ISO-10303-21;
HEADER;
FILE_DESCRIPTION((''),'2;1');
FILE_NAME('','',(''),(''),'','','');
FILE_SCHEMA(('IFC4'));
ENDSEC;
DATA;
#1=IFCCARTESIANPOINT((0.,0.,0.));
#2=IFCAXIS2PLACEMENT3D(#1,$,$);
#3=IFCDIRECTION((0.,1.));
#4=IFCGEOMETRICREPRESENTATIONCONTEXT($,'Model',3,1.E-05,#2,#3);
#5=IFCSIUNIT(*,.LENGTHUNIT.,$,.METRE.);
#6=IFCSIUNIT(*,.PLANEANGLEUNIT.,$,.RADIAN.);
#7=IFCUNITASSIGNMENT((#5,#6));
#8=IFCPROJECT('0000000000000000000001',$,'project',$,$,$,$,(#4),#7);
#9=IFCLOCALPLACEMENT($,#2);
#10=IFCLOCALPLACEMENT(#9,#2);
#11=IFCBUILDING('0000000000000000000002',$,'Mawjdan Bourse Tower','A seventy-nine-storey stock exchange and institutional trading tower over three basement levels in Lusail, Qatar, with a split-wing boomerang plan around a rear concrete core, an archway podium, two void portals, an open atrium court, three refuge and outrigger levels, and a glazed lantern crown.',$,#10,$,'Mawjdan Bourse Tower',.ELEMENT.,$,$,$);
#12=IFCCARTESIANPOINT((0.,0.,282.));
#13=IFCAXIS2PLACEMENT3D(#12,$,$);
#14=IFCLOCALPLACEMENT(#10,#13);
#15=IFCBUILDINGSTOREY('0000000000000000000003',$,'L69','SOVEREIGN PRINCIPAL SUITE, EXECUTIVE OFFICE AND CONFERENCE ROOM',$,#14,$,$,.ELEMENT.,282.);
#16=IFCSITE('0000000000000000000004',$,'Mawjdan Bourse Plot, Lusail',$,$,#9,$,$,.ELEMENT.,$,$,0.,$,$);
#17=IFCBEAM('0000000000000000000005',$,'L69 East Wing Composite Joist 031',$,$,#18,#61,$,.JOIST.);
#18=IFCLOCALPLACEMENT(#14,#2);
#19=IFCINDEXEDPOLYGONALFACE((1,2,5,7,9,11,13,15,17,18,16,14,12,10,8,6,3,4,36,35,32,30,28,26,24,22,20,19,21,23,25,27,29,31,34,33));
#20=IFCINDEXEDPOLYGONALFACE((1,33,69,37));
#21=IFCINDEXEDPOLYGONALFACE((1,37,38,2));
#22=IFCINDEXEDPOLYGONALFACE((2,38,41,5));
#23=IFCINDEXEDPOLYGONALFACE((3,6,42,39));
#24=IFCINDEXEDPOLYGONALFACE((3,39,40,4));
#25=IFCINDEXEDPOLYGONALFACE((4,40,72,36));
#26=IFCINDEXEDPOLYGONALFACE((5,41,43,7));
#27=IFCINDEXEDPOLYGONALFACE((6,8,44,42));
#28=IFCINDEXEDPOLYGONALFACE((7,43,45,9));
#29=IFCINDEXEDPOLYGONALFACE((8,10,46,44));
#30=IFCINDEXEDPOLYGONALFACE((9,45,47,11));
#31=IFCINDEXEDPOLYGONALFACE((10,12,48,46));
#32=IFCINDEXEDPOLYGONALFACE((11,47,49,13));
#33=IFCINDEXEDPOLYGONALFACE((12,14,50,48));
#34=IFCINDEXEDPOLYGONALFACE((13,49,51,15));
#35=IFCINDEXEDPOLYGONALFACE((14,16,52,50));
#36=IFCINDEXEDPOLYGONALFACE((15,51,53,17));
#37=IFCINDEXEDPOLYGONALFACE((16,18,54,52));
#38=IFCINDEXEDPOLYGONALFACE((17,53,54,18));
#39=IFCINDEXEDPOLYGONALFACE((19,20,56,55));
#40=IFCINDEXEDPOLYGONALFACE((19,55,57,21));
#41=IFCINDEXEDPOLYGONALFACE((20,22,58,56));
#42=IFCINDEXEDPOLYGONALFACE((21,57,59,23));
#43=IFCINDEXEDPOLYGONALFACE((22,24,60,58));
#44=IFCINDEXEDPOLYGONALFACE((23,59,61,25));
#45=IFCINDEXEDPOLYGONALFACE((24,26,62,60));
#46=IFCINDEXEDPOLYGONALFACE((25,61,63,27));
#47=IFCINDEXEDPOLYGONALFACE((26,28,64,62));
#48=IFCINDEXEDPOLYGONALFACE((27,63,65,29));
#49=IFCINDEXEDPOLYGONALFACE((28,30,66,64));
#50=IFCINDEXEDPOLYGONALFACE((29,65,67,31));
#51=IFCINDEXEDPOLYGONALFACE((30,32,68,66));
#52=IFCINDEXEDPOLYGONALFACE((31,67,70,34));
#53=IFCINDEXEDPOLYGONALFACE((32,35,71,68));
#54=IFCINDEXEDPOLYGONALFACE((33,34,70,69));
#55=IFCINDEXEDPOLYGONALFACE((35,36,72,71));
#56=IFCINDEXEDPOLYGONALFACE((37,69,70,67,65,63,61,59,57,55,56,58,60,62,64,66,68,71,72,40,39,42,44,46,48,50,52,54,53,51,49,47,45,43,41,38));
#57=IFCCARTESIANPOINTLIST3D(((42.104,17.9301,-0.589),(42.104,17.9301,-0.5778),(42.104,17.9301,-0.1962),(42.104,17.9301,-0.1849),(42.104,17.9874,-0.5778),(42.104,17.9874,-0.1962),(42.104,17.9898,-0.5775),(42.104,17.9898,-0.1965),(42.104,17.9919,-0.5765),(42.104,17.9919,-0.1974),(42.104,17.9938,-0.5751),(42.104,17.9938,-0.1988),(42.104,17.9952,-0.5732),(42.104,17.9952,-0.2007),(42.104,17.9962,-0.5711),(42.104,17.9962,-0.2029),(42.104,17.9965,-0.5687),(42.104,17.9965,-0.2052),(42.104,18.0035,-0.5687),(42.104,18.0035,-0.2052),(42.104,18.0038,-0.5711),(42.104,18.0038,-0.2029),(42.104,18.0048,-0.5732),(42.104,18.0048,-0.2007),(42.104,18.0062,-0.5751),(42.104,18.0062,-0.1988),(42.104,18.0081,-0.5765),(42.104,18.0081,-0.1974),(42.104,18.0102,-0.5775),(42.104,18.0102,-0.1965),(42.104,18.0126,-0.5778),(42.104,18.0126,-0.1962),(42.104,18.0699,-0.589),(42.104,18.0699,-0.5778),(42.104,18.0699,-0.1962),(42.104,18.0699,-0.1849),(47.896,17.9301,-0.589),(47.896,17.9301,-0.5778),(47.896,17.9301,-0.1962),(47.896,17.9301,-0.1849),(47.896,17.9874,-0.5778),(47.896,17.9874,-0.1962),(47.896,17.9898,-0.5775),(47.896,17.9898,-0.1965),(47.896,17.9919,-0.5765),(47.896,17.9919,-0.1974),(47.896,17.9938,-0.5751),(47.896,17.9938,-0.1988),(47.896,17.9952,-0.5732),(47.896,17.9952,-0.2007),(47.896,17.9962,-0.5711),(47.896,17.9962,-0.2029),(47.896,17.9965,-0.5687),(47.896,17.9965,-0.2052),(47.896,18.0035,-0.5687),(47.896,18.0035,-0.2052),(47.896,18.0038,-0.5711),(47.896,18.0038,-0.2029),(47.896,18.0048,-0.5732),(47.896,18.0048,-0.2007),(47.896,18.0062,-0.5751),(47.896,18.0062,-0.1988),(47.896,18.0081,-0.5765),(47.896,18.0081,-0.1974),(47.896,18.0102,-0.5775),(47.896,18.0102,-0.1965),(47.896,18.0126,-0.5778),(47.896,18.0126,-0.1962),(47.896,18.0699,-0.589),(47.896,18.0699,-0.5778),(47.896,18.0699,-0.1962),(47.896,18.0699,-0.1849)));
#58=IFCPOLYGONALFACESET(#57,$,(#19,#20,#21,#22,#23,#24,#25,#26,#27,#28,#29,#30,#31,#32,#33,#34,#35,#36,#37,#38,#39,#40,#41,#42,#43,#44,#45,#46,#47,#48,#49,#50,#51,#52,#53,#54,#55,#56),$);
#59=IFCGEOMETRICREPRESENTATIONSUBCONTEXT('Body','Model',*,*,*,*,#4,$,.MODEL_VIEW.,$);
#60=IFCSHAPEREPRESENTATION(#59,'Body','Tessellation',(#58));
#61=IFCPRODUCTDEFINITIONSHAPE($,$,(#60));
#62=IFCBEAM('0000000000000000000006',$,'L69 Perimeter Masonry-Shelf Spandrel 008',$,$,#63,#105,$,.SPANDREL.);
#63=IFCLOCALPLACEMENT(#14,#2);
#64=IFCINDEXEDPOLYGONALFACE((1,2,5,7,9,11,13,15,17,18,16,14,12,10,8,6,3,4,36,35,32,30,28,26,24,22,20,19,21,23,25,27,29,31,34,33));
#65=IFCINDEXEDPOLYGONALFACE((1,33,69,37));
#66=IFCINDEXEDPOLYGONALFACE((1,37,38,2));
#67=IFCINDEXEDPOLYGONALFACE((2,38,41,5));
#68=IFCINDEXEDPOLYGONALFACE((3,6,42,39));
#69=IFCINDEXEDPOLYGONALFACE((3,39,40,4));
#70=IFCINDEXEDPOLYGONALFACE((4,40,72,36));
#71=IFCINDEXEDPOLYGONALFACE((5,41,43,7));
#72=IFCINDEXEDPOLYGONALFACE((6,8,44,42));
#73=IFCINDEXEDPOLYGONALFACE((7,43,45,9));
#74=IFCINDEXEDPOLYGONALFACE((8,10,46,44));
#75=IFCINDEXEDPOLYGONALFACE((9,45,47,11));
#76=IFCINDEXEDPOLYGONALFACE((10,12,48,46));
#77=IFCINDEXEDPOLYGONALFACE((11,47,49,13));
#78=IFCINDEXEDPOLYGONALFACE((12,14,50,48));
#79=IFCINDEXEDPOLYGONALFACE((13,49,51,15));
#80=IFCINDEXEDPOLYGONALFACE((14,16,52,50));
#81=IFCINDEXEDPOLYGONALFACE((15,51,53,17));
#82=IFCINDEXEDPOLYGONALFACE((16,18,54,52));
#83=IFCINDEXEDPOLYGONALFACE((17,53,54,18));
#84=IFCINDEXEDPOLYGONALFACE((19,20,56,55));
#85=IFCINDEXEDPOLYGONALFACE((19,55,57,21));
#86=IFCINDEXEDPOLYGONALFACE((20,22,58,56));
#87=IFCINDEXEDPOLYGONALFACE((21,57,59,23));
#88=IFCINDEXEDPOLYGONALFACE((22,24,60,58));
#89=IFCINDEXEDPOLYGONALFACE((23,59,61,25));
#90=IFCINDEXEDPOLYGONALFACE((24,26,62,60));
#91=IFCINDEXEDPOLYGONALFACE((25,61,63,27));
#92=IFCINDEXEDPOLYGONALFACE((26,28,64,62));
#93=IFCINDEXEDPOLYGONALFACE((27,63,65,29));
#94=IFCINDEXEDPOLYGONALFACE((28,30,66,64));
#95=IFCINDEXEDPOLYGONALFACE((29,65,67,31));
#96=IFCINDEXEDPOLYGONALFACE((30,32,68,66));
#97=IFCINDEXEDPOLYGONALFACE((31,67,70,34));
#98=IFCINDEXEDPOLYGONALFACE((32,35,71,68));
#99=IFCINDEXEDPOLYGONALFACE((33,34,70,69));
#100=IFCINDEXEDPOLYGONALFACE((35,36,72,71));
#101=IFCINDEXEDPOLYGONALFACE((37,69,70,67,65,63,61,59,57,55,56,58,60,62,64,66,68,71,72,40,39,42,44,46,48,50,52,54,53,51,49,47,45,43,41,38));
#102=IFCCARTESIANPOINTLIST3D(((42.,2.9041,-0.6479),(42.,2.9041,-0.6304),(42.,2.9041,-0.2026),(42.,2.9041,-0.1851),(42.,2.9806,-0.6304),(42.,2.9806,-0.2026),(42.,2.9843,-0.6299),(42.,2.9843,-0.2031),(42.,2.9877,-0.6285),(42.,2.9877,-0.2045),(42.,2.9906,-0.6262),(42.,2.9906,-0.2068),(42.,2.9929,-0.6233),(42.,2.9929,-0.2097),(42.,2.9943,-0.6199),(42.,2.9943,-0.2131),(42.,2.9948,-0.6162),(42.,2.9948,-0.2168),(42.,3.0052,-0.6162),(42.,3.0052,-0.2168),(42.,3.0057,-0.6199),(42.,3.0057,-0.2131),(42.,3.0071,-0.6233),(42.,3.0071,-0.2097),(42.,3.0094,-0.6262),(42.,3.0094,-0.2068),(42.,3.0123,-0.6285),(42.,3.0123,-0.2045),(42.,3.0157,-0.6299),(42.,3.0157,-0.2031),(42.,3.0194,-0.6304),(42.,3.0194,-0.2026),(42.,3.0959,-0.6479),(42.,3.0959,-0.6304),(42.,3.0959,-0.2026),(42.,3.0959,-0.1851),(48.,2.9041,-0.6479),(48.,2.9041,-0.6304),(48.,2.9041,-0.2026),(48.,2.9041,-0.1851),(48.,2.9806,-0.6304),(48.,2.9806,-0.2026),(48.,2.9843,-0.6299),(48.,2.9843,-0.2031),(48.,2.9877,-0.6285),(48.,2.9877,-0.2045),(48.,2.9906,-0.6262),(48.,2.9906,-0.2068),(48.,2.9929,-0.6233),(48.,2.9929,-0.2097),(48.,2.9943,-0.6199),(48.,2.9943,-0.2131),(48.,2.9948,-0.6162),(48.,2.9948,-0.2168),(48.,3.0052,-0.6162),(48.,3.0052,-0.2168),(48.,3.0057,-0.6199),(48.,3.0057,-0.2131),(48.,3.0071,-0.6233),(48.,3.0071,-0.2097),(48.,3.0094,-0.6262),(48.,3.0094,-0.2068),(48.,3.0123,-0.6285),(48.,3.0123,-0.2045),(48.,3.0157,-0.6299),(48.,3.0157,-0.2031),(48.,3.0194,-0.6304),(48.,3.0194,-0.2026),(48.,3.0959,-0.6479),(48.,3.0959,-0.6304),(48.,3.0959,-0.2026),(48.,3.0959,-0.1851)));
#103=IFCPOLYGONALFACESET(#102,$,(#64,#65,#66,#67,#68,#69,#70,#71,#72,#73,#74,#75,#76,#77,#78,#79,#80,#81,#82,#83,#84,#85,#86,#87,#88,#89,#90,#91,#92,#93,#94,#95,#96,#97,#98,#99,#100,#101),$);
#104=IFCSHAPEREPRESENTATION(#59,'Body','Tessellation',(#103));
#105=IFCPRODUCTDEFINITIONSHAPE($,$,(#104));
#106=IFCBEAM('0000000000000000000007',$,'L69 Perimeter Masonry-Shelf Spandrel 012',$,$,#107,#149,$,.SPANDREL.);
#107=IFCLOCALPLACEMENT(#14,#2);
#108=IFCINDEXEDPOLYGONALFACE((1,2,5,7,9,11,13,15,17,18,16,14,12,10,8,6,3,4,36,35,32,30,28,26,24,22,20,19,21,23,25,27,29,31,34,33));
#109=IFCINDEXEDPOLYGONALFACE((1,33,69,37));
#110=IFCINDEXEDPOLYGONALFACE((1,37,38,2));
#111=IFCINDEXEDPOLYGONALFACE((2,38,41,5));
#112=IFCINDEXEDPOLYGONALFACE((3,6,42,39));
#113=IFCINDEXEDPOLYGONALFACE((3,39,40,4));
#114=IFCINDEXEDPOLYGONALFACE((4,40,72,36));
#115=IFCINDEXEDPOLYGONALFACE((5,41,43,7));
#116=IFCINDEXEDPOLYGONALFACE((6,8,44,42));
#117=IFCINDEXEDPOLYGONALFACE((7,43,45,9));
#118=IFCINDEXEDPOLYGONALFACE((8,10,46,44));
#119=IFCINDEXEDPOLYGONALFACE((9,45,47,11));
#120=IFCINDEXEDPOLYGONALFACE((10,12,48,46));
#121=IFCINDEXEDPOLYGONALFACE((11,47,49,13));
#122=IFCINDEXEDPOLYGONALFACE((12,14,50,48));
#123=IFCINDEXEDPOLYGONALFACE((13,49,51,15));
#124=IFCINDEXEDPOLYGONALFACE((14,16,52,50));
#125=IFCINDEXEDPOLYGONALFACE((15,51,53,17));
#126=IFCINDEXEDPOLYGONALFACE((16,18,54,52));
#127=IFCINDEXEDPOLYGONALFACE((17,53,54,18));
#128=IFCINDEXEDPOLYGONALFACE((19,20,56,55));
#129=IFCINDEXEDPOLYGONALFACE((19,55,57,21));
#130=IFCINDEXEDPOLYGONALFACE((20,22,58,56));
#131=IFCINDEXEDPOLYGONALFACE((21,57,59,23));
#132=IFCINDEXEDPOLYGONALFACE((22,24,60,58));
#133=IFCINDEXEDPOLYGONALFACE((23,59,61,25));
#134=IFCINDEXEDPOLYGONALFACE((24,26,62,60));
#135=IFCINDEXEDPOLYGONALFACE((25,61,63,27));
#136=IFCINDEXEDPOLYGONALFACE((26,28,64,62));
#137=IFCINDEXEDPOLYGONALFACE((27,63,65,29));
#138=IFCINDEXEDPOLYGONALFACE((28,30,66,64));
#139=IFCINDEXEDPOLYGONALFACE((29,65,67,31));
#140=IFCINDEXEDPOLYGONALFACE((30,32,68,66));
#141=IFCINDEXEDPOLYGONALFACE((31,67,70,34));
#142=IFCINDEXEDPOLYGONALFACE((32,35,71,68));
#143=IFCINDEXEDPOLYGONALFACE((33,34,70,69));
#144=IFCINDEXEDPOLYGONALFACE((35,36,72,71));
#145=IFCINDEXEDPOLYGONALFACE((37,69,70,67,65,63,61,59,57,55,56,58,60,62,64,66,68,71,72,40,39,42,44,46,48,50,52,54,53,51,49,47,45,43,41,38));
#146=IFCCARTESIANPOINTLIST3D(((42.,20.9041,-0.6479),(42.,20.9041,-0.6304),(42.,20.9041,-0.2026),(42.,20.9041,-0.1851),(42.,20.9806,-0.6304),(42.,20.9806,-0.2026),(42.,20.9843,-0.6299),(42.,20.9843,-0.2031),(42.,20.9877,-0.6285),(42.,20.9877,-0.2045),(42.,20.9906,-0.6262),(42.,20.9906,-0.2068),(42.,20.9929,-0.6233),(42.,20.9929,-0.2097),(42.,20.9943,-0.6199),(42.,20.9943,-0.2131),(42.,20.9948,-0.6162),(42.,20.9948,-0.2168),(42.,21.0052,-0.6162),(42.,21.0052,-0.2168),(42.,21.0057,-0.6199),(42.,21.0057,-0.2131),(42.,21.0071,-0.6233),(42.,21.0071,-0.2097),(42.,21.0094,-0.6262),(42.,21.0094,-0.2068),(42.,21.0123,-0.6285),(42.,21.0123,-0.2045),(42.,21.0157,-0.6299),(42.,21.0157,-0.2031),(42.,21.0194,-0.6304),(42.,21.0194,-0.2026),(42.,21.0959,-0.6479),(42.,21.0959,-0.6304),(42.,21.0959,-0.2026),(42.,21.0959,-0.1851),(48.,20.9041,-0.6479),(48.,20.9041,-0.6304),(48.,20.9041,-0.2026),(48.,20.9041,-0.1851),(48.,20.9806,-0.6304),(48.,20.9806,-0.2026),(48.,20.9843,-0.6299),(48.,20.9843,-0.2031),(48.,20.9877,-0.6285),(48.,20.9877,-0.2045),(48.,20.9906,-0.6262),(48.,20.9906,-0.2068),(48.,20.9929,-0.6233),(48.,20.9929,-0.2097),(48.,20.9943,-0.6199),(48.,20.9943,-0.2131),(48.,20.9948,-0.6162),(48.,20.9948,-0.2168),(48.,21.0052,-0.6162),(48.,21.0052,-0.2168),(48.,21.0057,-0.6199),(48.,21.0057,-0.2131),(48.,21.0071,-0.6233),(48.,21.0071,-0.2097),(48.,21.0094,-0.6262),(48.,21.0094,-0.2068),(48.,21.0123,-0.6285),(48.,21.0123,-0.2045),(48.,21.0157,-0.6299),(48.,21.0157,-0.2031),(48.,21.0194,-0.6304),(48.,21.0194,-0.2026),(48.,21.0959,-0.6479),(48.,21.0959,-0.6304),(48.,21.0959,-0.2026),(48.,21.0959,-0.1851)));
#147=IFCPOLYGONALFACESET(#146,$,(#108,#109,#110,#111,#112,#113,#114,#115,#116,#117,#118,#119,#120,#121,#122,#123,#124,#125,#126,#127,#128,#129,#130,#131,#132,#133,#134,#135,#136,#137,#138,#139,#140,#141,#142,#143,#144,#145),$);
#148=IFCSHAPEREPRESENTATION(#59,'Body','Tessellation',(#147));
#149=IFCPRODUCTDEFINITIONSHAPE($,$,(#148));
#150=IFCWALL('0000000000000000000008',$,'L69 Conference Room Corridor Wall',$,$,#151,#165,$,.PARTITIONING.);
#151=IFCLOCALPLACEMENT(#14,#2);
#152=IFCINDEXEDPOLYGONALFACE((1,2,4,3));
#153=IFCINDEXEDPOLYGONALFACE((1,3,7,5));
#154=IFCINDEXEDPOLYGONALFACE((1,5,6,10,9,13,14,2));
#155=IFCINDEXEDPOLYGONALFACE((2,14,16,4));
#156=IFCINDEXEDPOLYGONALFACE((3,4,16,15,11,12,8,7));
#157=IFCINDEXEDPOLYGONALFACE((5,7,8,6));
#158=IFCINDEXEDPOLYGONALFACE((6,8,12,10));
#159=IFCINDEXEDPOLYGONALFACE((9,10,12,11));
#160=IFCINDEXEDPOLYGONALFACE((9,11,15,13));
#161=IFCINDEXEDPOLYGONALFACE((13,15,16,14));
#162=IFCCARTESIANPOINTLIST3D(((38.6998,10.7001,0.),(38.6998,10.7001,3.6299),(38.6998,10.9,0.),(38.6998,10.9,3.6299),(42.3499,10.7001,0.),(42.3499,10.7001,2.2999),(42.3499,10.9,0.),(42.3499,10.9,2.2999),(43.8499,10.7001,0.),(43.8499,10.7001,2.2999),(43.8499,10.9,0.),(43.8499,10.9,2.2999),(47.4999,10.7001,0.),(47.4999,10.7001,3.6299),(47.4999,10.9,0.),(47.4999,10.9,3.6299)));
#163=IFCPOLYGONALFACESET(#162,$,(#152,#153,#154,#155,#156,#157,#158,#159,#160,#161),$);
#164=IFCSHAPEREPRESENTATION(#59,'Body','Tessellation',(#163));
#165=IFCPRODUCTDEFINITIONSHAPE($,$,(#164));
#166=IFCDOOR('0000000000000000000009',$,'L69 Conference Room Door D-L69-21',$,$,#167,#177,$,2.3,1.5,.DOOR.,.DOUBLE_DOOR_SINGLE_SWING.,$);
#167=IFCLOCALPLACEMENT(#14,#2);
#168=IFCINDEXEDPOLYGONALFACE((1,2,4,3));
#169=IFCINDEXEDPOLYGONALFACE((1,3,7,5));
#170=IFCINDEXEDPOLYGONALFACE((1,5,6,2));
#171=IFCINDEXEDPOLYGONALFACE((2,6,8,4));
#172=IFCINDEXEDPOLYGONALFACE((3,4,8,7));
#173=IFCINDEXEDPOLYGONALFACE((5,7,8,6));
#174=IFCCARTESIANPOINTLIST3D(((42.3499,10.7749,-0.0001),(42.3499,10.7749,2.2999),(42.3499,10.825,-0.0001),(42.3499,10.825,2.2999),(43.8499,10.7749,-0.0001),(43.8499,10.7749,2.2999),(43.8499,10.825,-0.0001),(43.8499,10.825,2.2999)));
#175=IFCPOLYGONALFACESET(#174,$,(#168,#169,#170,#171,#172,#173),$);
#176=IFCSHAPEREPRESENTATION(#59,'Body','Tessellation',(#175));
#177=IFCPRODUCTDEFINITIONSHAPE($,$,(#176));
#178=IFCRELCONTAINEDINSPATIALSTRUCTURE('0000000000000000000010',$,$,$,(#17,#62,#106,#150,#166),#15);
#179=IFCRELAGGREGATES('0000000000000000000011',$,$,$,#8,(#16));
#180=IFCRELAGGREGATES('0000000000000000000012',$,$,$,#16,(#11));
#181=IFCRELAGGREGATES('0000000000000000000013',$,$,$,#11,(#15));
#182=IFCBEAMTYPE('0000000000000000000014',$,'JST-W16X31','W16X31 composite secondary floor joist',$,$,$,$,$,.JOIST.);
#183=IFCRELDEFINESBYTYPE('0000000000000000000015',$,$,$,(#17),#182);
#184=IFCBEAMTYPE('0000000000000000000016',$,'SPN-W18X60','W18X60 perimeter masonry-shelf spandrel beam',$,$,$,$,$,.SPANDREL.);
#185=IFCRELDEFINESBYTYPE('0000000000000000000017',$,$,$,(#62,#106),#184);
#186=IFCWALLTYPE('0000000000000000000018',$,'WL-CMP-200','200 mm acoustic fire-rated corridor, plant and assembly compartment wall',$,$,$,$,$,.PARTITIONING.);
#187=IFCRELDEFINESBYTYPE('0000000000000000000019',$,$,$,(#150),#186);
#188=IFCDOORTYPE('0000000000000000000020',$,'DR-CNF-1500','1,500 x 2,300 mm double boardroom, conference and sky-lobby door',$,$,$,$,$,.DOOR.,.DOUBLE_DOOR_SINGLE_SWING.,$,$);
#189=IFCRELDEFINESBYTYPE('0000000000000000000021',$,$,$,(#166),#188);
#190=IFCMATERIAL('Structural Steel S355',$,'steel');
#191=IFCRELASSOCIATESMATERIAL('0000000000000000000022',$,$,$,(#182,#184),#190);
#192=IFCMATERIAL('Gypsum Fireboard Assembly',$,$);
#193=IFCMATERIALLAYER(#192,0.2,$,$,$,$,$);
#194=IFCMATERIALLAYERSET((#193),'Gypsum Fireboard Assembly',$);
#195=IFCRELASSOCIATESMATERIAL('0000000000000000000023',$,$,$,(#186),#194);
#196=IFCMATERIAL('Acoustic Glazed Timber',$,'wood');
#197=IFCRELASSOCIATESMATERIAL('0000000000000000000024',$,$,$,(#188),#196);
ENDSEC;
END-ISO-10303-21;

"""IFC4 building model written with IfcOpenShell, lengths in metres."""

from ifc_helpers import new_model, si_unit, direction, frame, frame_2d, origin, origin_2d, place, context, subcontext, project, spatial, rectangle, i_section, extrude, material, layer, layer_set, material_profile, profile_set, type_object, element, fill, save


model = new_model("IFC4")

# Units and contexts
model_context = context("Model", 3, precision=1e-05, world=origin(), true_north=direction((0.0, 1.0)))
body_context = subcontext(model_context, "Body", "Model", "MODEL_VIEW")
ifc_project = project(units=[si_unit("LENGTHUNIT", "METRE"), si_unit("PLANEANGLEUNIT", "RADIAN")], contexts=[model_context])

# Site, building, storey
site_placement = place(None, origin())
site = spatial("IfcSite", under=ifc_project, at=site_placement, Name="Mawjdan Bourse Plot, Lusail", CompositionType="ELEMENT", RefElevation=0.0)
building_placement = place(site_placement, origin())
building = spatial("IfcBuilding", under=site, at=building_placement, Name="Mawjdan Bourse Tower", Description="A seventy-nine-storey stock exchange and institutional trading tower over three basement levels in Lusail, Qatar, with a split-wing boomerang plan around a rear concrete core, an archway podium, two void portals, an open atrium court, three refuge and outrigger levels, and a glazed lantern crown.", LongName="Mawjdan Bourse Tower", CompositionType="ELEMENT")
storey_placement = place(building_placement, frame((0.0, 0.0, 282.0)))
storey = spatial("IfcBuildingStorey", under=building, at=storey_placement, Name="L69", Description="SOVEREIGN PRINCIPAL SUITE, EXECUTIVE OFFICE AND CONFERENCE ROOM", CompositionType="ELEMENT", Elevation=282.0)

# Beams
ifc_material_1 = material(Name="Structural Steel S355", Category="steel")
ifc_material_profile_1 = material_profile(ifc_material_1, i_section(OverallWidth=0.1399, OverallDepth=0.4041, WebThickness=0.0071, FlangeThickness=0.0112, FilletRadius=0.009, at=origin_2d()), Name="W16X31")
ifc_profile_set_1 = profile_set([ifc_material_profile_1], Name="Structural Steel S355")
beam_type_1 = type_object("IfcBeamType", Name="JST-W16X31", Description="W16X31 composite secondary floor joist", PredefinedType="JOIST", material=ifc_profile_set_1)
beam_1_placement = place(storey_placement, frame((42.104, 18.0, -0.387), z_axis=(1.0, 0.0, 0.0), x_axis=(0.0, 1.0, 0.0)))
element("IfcBeam", 1, at=beam_1_placement, inside=storey, type_object=beam_type_1, Name="L69 East Wing Composite Joist 031", PredefinedType="JOIST", context=body_context, shape_type="SweptSolid", body=[
    extrude(i_section(OverallWidth=0.1399, OverallDepth=0.4041, WebThickness=0.0071, FlangeThickness=0.0112, FilletRadius=0.009, at=origin_2d()), origin(), (0.0, 0.0, 1.0), 5.792),
])
ifc_material_profile_2 = material_profile(ifc_material_1, i_section(OverallWidth=0.1919, OverallDepth=0.4629, WebThickness=0.0105, FlangeThickness=0.0176, FilletRadius=0.0142, at=origin_2d()), Name="W18X60")
ifc_profile_set_2 = profile_set([ifc_material_profile_2], Name="Structural Steel S355")
beam_type_2 = type_object("IfcBeamType", Name="SPN-W18X60", Description="W18X60 perimeter masonry-shelf spandrel beam", PredefinedType="SPANDREL", material=ifc_profile_set_2)
for number, where, z_axis, x_axis, name in (
    (2, (42.0, 3.0, -0.4165), (1.0, 0.0, 0.0), (0.0, 1.0, 0.0), "L69 Perimeter Masonry-Shelf Spandrel 008"),
    (3, (42.0, 21.0, -0.4165), (1.0, 0.0, 0.0), (0.0, 1.0, 0.0), "L69 Perimeter Masonry-Shelf Spandrel 012"),
):
    element("IfcBeam", number, at=place(storey_placement, frame(where, z_axis=z_axis, x_axis=x_axis)), inside=storey, type_object=beam_type_2, Name=name, PredefinedType="SPANDREL", context=body_context, shape_type="SweptSolid", body=[
        extrude(i_section(OverallWidth=0.1919, OverallDepth=0.4629, WebThickness=0.0105, FlangeThickness=0.0176, FilletRadius=0.0142, at=origin_2d()), origin(), (0.0, 0.0, 1.0), 6.0),
    ])

# Wall, opening, door
ifc_material_2 = material(Name="Gypsum Fireboard Assembly")
ifc_layer_1 = layer(ifc_material_2, 0.2)
ifc_layer_set_1 = layer_set([ifc_layer_1], Name="Gypsum Fireboard Assembly")
wall_type_1 = type_object("IfcWallType", Name="WL-CMP-200", Description="200 mm acoustic fire-rated corridor, plant and assembly compartment wall", PredefinedType="PARTITIONING", material=ifc_layer_set_1)
wall_1_placement = place(storey_placement, frame((38.7, 10.8, 0.0), z_axis=(0.0, 0.0, 1.0), x_axis=(1.0, 0.0, 0.0)))
wall_1 = element("IfcWall", 4, at=wall_1_placement, inside=storey, type_object=wall_type_1, Name="L69 Conference Room Corridor Wall", PredefinedType="PARTITIONING", context=body_context, shape_type="SweptSolid", body=[
    extrude(rectangle(XDim=8.8, YDim=0.2, at=frame_2d((4.3999, 0.0))), origin(), (0.0, 0.0, 1.0), 3.6299),
])
opening_1_placement = place(wall_1_placement, frame((3.6499, 0.0, 0.0)))
opening_1 = element("IfcOpeningElement", 5, at=opening_1_placement, cuts=wall_1, PredefinedType="OPENING", context=body_context, shape_type="SweptSolid", body=[
    extrude(rectangle(XDim=1.5, YDim=2.3, at=frame_2d((0.75, 1.1499))), frame((0.0, 0.1099, 0.0), z_axis=(0.0, -1.0, 0.0), x_axis=(1.0, 0.0, 0.0)), (0.0, 0.0, 1.0), 0.22),
])
ifc_material_3 = material(Name="Acoustic Glazed Timber", Category="wood")
door_type_1 = type_object("IfcDoorType", Name="DR-CNF-1500", Description="1,500 x 2,300 mm double boardroom, conference and sky-lobby door", OperationType="DOUBLE_DOOR_SINGLE_SWING", PredefinedType="DOOR", material=ifc_material_3)
door_1_placement = place(opening_1_placement, origin())
door_1 = element("IfcDoor", 6, at=door_1_placement, inside=storey, type_object=door_type_1, Name="L69 Conference Room Door D-L69-21", OperationType="DOUBLE_DOOR_SINGLE_SWING", OverallHeight=2.3, OverallWidth=1.5, PredefinedType="DOOR", context=body_context, shape_type="SweptSolid", body=[
    extrude(rectangle(XDim=1.5, YDim=2.3, at=frame_2d((0.75, 1.1499))), frame((0.0, 0.0249, 0.0), z_axis=(0.0, -1.0, 0.0), x_axis=(1.0, 0.0, 0.0)), (0.0, 0.0, 1.0), 0.05),
])
fill(opening_1, door_1)

save(model, "model.ifc")
